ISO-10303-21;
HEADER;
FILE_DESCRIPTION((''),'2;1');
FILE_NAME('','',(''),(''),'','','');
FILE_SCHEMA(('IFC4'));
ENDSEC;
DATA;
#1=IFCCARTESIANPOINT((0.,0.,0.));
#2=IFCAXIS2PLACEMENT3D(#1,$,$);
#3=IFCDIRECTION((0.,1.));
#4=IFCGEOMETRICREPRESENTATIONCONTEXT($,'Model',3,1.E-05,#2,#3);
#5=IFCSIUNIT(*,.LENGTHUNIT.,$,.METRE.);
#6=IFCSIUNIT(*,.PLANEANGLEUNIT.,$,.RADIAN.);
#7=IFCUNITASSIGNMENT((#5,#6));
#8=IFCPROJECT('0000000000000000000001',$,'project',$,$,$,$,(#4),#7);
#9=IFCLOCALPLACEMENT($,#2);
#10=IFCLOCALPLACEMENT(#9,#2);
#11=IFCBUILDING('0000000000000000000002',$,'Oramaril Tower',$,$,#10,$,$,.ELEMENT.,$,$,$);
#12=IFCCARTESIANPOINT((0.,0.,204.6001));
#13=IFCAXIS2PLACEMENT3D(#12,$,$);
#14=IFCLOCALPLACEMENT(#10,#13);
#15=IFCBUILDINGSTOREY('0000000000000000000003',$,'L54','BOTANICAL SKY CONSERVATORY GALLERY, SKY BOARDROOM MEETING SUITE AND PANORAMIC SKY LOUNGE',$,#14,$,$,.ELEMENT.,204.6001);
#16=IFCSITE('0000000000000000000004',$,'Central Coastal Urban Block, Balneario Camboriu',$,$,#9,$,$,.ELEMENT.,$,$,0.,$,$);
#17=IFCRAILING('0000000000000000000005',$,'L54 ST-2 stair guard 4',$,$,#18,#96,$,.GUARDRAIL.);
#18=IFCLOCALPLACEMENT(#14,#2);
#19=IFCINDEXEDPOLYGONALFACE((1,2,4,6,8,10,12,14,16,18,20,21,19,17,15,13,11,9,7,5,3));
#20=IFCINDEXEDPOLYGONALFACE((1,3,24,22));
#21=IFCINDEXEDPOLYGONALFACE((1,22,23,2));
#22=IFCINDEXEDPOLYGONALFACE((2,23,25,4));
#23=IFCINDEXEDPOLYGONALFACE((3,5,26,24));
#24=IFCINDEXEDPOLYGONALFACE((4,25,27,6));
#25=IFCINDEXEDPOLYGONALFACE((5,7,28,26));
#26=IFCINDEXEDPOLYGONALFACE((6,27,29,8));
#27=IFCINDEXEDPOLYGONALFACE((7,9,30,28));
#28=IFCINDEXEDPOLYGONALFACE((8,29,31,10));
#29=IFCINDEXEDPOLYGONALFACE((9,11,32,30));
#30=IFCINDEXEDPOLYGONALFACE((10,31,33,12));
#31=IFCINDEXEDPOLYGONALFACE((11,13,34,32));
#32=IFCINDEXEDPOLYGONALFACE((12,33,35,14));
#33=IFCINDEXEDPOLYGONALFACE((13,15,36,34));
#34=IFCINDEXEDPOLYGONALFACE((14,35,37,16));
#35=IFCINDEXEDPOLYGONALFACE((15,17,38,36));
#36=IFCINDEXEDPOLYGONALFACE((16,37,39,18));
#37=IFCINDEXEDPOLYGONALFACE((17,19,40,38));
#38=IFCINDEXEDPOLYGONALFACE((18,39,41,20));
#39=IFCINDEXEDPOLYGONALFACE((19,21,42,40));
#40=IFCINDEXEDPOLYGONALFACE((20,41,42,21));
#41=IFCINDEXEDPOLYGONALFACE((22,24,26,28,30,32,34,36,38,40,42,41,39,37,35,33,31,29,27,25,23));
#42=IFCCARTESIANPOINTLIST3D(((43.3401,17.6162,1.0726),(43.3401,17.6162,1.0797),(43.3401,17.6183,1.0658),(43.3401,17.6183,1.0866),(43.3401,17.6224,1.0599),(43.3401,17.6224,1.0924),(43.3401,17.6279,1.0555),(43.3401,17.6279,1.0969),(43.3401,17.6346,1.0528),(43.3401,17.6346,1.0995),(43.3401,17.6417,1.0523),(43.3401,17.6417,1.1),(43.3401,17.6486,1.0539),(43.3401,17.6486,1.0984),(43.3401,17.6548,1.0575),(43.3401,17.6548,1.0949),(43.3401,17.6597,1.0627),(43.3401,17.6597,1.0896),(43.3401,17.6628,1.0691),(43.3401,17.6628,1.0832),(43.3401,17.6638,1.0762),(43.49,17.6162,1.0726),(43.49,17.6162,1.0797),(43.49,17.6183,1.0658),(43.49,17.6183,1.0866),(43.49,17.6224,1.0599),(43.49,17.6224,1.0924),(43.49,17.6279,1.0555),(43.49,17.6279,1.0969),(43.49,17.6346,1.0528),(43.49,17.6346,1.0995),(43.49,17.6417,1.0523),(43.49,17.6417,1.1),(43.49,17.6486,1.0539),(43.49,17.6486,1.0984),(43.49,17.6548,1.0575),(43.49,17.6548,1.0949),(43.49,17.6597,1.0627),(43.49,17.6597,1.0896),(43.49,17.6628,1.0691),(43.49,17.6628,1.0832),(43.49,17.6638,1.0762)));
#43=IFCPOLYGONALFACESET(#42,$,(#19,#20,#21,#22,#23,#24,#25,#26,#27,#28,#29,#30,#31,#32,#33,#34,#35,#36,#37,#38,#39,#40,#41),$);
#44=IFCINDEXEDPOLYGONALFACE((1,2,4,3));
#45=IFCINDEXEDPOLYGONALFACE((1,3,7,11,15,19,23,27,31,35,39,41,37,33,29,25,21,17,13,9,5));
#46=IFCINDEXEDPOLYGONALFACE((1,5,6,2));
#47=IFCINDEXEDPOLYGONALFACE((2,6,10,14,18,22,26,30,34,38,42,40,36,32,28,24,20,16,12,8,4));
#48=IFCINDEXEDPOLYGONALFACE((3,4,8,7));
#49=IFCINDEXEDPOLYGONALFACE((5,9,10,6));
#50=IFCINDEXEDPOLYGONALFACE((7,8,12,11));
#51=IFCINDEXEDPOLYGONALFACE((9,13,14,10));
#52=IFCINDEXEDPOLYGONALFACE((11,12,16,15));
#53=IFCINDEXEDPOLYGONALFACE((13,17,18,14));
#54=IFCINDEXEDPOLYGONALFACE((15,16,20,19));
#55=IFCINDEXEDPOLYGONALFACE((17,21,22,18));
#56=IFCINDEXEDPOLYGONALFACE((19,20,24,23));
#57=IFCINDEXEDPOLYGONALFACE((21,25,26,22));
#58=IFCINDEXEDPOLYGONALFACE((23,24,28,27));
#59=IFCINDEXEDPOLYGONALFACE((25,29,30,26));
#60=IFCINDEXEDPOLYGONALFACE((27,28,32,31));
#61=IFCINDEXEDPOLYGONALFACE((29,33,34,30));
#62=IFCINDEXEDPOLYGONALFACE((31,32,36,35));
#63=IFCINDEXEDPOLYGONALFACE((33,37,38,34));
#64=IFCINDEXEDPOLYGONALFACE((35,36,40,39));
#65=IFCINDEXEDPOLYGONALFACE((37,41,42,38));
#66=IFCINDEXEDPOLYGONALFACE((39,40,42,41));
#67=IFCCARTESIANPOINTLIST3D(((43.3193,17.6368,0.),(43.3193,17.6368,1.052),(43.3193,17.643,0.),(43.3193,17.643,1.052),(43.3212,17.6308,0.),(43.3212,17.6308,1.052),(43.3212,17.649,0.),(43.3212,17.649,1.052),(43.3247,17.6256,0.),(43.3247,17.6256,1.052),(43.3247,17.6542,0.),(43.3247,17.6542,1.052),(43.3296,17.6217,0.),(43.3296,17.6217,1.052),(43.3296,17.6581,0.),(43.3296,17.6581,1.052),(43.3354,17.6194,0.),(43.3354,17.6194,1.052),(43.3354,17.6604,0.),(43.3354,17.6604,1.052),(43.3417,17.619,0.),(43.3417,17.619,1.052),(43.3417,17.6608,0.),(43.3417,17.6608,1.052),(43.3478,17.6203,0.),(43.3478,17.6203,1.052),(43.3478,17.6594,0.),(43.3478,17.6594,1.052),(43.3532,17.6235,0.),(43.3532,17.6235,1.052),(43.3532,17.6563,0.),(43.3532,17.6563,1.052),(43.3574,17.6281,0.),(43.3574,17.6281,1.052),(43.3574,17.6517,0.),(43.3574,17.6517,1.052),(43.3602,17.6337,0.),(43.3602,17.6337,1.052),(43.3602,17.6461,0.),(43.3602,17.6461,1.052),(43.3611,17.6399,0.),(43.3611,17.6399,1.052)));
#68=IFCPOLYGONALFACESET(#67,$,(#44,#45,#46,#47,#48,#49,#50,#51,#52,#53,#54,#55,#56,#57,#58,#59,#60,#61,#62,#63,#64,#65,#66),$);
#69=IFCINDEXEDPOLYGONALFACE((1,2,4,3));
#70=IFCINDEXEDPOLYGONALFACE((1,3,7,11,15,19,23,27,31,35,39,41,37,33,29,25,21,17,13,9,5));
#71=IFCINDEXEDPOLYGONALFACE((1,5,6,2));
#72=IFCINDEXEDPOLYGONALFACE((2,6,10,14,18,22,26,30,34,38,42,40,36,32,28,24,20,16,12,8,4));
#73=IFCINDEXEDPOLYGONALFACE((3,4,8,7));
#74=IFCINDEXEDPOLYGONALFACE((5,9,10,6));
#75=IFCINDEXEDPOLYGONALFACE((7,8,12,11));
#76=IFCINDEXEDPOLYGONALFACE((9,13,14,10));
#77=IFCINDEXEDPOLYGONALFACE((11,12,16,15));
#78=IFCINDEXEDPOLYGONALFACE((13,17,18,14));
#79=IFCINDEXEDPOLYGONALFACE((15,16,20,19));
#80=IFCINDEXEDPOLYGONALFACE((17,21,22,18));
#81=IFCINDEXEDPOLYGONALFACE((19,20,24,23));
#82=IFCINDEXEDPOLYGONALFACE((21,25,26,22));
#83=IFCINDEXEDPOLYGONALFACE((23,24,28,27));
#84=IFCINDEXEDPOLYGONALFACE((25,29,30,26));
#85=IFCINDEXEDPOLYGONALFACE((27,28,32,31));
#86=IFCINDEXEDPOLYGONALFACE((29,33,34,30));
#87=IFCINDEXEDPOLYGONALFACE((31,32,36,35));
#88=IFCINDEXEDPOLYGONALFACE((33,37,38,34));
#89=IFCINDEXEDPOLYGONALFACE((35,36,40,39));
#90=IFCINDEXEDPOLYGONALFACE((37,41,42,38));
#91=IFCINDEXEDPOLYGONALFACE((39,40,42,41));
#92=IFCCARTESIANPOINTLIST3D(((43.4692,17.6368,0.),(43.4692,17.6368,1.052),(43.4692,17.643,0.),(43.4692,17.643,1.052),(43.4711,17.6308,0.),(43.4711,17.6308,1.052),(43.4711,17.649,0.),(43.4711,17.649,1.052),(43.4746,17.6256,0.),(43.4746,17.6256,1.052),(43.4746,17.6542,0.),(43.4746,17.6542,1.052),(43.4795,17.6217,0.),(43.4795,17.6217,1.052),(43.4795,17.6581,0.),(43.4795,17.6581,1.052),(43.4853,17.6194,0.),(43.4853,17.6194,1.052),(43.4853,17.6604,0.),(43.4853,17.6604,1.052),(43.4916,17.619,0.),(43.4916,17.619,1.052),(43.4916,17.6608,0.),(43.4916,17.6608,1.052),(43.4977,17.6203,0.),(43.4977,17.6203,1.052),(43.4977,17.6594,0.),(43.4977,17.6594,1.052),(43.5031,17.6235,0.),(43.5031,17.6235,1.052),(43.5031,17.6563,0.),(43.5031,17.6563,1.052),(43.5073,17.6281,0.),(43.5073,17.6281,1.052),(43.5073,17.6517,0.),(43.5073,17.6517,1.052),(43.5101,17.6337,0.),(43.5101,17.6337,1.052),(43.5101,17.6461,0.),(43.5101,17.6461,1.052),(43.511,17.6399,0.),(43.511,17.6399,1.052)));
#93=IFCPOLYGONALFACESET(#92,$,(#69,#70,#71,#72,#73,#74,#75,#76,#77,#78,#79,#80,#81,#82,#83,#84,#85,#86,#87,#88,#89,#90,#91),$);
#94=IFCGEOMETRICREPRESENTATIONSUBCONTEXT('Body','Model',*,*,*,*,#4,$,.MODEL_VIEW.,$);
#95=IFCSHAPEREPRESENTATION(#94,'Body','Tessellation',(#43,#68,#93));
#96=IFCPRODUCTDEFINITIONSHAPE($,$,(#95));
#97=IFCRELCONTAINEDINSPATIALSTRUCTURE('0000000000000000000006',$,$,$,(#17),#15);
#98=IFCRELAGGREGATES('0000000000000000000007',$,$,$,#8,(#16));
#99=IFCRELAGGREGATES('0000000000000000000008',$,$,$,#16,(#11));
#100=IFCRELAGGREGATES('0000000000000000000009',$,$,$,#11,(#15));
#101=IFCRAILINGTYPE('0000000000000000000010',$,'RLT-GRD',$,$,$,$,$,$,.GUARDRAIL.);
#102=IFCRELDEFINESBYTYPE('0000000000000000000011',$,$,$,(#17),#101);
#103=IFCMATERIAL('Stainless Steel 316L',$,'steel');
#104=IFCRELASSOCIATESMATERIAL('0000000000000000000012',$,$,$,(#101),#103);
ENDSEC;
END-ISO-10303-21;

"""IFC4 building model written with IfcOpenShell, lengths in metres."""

from ifc_helpers import new_model, si_unit, direction, frame, origin, origin_2d, place, context, subcontext, project, spatial, circle, extrude, material, type_object, element, save


model = new_model("IFC4")

# Units and contexts
model_context = context("Model", 3, precision=1e-05, world=origin(), true_north=direction((0.0, 1.0)))
body_context = subcontext(model_context, "Body", "Model", "MODEL_VIEW")
ifc_project = project(units=[si_unit("LENGTHUNIT", "METRE"), si_unit("PLANEANGLEUNIT", "RADIAN")], contexts=[model_context])

# Site, building, storey
site_placement = place(None, origin())
site = spatial("IfcSite", under=ifc_project, at=site_placement, Name="Central Coastal Urban Block, Balneario Camboriu", CompositionType="ELEMENT", RefElevation=0.0)
building_placement = place(site_placement, origin())
building = spatial("IfcBuilding", under=site, at=building_placement, Name="Oramaril Tower", CompositionType="ELEMENT")
storey_placement = place(building_placement, frame((0.0, 0.0, 204.6001)))
storey = spatial("IfcBuildingStorey", under=building, at=storey_placement, Name="L54", Description="BOTANICAL SKY CONSERVATORY GALLERY, SKY BOARDROOM MEETING SUITE AND PANORAMIC SKY LOUNGE", CompositionType="ELEMENT", Elevation=204.6001)

# Railing
ifc_material_1 = material(Name="Stainless Steel 316L", Category="steel")
railing_type_1 = type_object("IfcRailingType", Name="RLT-GRD", PredefinedType="GUARDRAIL", material=ifc_material_1)
railing_1_placement = place(storey_placement, frame((43.3401, 17.6399, 0.0)))
element("IfcRailing", 1, at=railing_1_placement, inside=storey, type_object=railing_type_1, Name="L54 ST-2 stair guard 4", PredefinedType="GUARDRAIL", context=body_context, shape_type="SweptSolid", body=[
    extrude(circle(Radius=0.0239, at=origin_2d()), frame((0.0, 0.0, 1.0762), z_axis=(1.0, 0.0, 0.0), x_axis=(0.0, 1.0, 0.0)), (0.0, 0.0, 1.0), 0.1499),
    extrude(circle(Radius=0.021, at=origin_2d()), origin(), (0.0, 0.0, 1.0), 1.052),
    extrude(circle(Radius=0.021, at=origin_2d()), frame((0.1499, 0.0, 0.0)), (0.0, 0.0, 1.0), 1.052),
])

save(model, "model.ifc")
